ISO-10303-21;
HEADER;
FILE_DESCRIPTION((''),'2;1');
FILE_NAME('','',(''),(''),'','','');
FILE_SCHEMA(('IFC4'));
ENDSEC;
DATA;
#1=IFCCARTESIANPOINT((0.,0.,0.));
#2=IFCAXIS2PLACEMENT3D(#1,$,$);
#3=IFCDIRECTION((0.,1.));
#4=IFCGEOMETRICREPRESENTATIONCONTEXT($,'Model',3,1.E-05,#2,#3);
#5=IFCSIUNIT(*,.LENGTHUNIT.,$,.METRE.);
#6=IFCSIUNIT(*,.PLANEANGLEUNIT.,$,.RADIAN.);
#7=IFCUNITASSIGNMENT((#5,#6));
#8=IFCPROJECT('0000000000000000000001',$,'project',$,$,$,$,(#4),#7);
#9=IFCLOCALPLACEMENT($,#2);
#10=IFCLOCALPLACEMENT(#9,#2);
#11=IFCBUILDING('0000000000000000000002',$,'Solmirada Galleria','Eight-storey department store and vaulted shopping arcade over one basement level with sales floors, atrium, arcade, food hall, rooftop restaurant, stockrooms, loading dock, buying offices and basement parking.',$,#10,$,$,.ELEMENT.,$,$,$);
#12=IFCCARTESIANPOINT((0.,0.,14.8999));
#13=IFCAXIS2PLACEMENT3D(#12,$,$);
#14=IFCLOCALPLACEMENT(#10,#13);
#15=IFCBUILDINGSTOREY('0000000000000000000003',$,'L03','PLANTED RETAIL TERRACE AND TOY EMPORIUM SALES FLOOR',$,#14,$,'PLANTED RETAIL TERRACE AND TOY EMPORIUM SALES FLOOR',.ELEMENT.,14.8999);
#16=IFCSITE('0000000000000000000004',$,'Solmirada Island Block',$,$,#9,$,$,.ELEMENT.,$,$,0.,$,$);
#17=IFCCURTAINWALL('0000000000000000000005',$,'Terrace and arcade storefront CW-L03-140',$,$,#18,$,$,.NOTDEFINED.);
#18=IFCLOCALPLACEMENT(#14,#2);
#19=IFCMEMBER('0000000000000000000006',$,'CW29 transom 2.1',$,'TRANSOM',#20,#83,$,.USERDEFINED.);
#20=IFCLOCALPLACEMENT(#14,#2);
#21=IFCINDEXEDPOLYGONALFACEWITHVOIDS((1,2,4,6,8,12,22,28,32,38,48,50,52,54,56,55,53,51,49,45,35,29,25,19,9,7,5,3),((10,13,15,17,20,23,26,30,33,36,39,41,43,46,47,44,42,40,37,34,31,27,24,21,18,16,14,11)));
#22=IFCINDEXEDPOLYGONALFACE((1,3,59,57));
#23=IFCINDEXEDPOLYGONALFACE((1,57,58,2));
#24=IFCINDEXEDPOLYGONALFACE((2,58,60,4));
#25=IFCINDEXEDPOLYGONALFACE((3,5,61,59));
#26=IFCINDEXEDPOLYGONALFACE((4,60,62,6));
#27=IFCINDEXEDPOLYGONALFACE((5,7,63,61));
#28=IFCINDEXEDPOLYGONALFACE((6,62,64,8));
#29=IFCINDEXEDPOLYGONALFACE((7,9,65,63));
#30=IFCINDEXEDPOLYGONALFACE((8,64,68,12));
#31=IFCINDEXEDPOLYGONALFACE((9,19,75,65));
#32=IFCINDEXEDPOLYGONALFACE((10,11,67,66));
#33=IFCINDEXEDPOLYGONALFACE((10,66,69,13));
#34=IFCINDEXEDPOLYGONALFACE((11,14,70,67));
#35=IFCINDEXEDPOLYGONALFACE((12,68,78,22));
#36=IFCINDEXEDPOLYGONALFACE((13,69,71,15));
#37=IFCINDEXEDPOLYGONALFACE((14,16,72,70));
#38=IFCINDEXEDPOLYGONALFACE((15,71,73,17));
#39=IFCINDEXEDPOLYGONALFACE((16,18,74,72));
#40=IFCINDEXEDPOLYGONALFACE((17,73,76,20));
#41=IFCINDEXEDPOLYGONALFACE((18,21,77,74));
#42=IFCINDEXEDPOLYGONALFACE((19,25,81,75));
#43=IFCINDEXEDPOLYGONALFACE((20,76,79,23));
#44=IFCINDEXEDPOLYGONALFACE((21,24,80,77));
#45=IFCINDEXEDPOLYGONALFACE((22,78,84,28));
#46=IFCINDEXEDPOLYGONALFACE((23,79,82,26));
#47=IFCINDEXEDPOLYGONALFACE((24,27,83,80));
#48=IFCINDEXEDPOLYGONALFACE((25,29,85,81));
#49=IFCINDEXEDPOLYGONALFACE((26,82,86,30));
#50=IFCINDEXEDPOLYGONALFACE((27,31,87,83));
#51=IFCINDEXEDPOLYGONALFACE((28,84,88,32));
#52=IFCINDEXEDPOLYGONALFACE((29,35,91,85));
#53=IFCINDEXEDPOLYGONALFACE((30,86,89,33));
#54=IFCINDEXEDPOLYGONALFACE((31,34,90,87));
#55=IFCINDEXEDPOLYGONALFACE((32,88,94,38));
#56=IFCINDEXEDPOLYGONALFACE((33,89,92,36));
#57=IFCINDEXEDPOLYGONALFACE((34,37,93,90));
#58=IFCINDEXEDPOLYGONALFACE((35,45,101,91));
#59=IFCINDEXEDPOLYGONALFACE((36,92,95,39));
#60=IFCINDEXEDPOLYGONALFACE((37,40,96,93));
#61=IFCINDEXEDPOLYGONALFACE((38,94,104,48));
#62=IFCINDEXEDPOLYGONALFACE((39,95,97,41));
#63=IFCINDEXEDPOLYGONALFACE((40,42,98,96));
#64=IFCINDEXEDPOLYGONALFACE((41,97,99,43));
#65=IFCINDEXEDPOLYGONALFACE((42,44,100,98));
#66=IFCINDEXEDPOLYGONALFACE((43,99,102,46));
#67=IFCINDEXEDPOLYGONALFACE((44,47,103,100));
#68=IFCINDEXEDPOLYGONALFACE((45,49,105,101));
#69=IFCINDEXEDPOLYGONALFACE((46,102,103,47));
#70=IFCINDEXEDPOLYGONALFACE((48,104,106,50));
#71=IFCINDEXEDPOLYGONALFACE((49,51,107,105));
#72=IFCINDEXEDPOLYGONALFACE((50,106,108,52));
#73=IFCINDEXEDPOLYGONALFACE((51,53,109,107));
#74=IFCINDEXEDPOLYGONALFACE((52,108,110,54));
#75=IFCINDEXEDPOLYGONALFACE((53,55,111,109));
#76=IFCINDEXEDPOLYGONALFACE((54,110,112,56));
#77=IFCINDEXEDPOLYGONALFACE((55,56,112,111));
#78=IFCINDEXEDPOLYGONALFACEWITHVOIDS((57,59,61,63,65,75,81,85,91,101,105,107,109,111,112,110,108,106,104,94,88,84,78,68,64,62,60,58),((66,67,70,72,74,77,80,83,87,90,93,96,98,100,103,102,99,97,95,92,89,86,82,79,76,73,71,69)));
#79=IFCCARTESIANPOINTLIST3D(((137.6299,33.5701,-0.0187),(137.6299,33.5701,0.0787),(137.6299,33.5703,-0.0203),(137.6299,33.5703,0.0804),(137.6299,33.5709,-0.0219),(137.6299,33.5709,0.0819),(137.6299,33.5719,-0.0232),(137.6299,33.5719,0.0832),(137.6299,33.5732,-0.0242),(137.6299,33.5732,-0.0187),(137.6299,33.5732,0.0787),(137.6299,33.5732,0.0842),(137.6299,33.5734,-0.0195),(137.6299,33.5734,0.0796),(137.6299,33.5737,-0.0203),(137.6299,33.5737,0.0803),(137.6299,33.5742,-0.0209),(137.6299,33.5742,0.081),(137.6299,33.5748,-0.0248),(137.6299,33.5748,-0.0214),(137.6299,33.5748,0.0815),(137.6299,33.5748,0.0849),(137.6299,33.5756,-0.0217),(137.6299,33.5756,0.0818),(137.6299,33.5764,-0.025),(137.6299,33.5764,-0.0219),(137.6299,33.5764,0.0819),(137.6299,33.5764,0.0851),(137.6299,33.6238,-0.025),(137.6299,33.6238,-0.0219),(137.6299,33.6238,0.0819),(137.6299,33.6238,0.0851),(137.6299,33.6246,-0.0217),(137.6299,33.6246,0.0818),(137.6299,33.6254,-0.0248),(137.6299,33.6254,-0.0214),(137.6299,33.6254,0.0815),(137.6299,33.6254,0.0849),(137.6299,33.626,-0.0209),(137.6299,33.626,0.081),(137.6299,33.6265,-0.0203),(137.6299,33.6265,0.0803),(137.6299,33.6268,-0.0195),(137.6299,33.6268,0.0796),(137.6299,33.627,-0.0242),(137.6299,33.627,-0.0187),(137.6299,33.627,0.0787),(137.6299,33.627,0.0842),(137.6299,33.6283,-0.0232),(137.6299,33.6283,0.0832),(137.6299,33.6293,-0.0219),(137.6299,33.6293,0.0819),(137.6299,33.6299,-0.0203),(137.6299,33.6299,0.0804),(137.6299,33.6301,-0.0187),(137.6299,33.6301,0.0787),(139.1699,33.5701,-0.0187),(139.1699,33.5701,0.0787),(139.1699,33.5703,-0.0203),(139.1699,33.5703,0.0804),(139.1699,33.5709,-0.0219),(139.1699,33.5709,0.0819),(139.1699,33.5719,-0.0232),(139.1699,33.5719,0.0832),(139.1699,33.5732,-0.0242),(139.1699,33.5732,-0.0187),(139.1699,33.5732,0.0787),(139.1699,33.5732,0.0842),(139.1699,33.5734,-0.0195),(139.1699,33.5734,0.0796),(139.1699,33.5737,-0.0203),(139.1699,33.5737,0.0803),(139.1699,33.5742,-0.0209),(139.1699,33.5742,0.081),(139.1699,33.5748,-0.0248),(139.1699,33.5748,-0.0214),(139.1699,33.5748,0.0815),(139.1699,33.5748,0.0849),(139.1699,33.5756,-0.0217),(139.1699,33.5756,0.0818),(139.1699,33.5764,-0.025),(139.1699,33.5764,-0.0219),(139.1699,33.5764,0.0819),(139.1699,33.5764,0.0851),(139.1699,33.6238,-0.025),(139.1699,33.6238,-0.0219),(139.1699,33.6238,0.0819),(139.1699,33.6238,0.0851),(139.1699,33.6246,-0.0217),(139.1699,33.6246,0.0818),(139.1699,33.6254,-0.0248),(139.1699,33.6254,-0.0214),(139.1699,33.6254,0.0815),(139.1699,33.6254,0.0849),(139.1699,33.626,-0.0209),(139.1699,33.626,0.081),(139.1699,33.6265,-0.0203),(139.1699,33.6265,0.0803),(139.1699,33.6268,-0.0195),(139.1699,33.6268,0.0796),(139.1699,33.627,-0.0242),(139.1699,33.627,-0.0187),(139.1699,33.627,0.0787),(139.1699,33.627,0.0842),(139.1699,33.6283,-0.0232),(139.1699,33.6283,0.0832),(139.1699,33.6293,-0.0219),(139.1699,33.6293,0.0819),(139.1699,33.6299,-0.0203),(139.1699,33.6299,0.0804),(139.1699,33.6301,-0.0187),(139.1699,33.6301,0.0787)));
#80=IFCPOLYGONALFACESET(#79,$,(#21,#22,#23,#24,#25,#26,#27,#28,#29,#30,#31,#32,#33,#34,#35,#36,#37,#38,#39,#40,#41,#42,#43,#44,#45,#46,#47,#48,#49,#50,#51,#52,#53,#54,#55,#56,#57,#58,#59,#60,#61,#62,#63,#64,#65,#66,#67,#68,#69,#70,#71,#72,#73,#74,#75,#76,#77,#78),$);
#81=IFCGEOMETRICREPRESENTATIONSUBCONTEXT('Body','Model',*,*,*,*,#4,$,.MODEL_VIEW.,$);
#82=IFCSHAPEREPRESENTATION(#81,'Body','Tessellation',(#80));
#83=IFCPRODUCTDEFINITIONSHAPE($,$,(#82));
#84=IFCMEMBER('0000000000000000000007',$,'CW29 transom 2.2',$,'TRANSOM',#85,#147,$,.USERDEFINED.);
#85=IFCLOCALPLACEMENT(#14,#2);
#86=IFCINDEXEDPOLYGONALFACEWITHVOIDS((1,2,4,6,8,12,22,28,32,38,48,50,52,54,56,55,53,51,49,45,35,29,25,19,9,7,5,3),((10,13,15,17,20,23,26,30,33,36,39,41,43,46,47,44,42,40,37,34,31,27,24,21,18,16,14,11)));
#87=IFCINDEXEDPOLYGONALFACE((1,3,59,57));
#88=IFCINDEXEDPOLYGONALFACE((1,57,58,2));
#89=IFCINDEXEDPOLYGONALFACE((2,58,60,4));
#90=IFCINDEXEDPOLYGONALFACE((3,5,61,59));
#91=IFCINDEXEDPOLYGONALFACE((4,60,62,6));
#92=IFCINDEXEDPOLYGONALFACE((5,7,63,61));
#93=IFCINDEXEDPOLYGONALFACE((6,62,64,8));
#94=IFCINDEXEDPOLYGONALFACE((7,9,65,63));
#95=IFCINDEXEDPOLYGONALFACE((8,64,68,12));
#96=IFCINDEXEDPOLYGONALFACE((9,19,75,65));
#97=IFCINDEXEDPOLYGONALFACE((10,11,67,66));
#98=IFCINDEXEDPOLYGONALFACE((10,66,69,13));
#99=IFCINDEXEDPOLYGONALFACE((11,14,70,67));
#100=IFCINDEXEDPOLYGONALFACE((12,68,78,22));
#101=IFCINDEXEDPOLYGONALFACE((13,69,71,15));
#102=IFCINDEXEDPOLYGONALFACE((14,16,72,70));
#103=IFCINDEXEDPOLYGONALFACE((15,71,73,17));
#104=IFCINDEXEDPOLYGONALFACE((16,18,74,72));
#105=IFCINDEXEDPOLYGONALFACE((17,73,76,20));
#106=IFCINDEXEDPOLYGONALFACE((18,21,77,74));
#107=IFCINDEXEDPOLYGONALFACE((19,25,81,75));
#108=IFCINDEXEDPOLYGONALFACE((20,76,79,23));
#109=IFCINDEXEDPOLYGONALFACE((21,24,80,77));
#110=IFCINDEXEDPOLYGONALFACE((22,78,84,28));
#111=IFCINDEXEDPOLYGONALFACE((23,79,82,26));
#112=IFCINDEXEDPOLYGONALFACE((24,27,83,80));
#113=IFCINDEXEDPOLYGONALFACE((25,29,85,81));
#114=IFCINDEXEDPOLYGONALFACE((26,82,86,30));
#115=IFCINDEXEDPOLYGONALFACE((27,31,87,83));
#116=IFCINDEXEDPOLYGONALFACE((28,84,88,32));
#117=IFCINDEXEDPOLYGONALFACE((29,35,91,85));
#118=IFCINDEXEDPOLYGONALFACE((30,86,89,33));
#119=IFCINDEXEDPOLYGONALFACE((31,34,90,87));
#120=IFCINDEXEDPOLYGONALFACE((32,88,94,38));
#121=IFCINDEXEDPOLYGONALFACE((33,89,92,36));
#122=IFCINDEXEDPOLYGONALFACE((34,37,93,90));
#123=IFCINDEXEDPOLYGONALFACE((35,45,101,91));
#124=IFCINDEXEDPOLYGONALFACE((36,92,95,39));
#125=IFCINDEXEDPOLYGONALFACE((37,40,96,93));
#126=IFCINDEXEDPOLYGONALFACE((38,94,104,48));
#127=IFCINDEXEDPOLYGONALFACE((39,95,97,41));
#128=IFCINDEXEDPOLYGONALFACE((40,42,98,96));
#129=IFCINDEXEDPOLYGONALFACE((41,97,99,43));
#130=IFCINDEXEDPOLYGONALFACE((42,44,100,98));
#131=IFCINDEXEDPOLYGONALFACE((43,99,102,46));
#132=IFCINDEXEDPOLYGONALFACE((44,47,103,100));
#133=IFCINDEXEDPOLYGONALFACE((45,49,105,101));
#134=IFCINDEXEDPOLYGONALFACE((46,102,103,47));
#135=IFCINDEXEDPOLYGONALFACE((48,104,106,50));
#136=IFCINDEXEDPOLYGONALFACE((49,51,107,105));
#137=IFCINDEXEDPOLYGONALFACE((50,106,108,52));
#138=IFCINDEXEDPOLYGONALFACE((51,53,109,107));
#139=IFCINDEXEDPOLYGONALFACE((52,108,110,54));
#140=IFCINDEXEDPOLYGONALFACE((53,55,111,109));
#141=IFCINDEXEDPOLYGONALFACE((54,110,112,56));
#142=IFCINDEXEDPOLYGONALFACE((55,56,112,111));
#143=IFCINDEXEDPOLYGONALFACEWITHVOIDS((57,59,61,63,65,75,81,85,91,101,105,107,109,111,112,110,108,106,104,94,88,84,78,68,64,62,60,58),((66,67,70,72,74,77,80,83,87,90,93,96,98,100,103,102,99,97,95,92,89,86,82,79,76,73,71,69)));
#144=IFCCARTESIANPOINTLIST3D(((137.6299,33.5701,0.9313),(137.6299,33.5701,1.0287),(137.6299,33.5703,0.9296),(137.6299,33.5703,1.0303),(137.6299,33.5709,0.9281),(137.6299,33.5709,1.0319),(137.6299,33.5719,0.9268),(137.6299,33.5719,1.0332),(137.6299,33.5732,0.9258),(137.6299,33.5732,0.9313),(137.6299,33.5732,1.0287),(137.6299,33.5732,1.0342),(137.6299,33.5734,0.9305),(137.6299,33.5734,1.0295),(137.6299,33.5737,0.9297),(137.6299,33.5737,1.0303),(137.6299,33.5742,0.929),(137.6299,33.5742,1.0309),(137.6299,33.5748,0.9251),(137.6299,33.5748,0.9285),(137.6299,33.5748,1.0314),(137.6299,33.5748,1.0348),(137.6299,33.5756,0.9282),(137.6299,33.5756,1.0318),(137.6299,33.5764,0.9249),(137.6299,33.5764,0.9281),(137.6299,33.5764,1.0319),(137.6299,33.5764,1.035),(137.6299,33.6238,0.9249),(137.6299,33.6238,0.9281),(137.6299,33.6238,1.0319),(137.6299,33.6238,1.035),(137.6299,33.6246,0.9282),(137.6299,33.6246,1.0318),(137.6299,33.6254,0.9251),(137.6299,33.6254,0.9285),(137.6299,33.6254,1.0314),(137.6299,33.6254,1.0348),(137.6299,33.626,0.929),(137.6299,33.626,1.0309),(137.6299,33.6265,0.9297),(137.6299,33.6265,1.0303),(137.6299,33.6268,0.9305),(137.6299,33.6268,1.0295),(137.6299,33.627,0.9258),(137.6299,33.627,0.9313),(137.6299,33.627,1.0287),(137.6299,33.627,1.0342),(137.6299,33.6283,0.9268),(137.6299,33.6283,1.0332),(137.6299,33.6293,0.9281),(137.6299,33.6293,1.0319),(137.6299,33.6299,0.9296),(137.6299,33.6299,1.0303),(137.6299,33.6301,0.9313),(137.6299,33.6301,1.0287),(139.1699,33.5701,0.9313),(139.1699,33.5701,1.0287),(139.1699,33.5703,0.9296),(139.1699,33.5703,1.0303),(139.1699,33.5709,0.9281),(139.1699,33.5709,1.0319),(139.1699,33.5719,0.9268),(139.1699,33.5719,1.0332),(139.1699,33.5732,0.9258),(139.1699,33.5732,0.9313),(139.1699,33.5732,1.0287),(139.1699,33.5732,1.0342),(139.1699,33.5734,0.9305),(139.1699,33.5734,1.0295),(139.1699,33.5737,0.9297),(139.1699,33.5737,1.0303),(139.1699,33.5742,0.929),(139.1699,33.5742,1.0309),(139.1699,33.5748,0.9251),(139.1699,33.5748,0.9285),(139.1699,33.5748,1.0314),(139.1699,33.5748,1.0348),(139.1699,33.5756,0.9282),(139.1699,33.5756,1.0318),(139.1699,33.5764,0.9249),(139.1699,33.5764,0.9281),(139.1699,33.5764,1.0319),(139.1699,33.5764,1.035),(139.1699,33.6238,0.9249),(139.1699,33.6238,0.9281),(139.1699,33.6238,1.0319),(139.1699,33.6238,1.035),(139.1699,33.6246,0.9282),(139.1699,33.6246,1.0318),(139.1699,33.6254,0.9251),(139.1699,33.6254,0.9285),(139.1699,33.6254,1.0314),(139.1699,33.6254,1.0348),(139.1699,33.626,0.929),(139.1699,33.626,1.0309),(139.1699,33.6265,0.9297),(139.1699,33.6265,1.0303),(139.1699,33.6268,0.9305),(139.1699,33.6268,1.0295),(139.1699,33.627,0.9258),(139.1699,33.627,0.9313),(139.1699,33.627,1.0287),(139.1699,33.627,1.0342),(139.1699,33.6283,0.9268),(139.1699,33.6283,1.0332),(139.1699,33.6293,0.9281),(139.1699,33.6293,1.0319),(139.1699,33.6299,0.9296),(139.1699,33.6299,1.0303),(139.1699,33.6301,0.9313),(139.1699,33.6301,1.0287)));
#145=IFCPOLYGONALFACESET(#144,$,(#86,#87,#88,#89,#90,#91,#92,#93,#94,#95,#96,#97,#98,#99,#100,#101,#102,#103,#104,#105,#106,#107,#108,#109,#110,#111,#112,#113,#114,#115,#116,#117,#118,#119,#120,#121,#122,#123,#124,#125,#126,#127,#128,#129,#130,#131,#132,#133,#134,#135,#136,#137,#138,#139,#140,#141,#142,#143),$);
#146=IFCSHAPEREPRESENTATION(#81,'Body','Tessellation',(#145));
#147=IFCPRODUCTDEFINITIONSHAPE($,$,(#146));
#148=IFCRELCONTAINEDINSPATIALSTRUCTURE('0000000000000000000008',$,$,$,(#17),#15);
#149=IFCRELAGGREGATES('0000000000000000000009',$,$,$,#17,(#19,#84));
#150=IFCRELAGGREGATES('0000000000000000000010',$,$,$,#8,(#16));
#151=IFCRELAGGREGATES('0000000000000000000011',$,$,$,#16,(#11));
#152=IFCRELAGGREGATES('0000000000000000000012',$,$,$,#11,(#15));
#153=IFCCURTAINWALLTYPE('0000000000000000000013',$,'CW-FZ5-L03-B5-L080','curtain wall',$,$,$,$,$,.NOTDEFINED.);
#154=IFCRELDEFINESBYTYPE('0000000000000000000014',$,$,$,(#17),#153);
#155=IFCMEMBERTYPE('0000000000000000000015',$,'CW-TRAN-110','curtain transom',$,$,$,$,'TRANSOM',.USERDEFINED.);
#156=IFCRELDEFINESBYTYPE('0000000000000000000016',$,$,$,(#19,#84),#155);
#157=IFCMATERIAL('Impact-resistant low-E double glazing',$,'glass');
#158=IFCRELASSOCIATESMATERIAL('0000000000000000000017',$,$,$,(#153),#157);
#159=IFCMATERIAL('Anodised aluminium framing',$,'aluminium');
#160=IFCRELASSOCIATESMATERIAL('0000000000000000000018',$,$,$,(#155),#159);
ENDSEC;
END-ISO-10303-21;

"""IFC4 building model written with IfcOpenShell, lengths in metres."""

from ifc_helpers import new_model, si_unit, direction, frame, origin, origin_2d, place, context, subcontext, project, spatial, hollow_rectangle, extrude, material, material_profile, profile_set, type_object, element, aggregate, save


model = new_model("IFC4")

# Units and contexts
model_context = context("Model", 3, precision=1e-05, world=origin(), true_north=direction((0.0, 1.0)))
body_context = subcontext(model_context, "Body", "Model", "MODEL_VIEW")
ifc_project = project(units=[si_unit("LENGTHUNIT", "METRE"), si_unit("PLANEANGLEUNIT", "RADIAN")], contexts=[model_context])

# Site, building, storey
site_placement = place(None, origin())
site = spatial("IfcSite", under=ifc_project, at=site_placement, Name="Solmirada Island Block", CompositionType="ELEMENT", RefElevation=0.0)
building_placement = place(site_placement, origin())
building = spatial("IfcBuilding", under=site, at=building_placement, Name="Solmirada Galleria", Description="Eight-storey department store and vaulted shopping arcade over one basement level with sales floors, atrium, arcade, food hall, rooftop restaurant, stockrooms, loading dock, buying offices and basement parking.", CompositionType="ELEMENT")
storey_placement = place(building_placement, frame((0.0, 0.0, 14.8999)))
storey = spatial("IfcBuildingStorey", under=building, at=storey_placement, Name="L03", Description="PLANTED RETAIL TERRACE AND TOY EMPORIUM SALES FLOOR", LongName="PLANTED RETAIL TERRACE AND TOY EMPORIUM SALES FLOOR", CompositionType="ELEMENT", Elevation=14.8999)

# Curtain wall
ifc_material_1 = material(Name="Impact-resistant low-E double glazing", Category="glass")
curtain_wall_type = type_object("IfcCurtainWallType", Name="CW-FZ5-L03-B5-L080", Description="curtain wall", PredefinedType="NOTDEFINED", material=ifc_material_1)
ifc_material_2 = material(Name="Anodised aluminium framing", Category="aluminium")
curtain_wall_1_placement = place(storey_placement, origin())
curtain_wall_1 = element("IfcCurtainWall", 1, at=curtain_wall_1_placement, inside=storey, type_object=curtain_wall_type, Name="Terrace and arcade storefront CW-L03-140", PredefinedType="NOTDEFINED")

# Members
ifc_material_profile_1 = material_profile(ifc_material_2, hollow_rectangle(XDim=0.0601, YDim=0.1101, WallThickness=0.0032, InnerFilletRadius=0.0032, OuterFilletRadius=0.0063, at=origin_2d()), Name="ALU-TRAN-110X60")
ifc_profile_set_1 = profile_set([ifc_material_profile_1], Name="Anodised aluminium framing")
member_type_1 = type_object("IfcMemberType", Name="CW-TRAN-110", Description="curtain transom", ElementType="TRANSOM", PredefinedType="USERDEFINED", material=ifc_profile_set_1)
member_1_placement = place(storey_placement, frame((137.6299, 33.6001, 0.03), z_axis=(1.0, 0.0, 0.0), x_axis=(0.0, 1.0, 0.0)))
member_1 = element("IfcMember", 2, at=member_1_placement, type_object=member_type_1, Name="CW29 transom 2.1", ObjectType="TRANSOM", PredefinedType="USERDEFINED", context=body_context, shape_type="SweptSolid", body=[
    extrude(hollow_rectangle(XDim=0.0601, YDim=0.1101, WallThickness=0.0032, InnerFilletRadius=0.0032, OuterFilletRadius=0.0063, at=origin_2d()), origin(), (0.0, 0.0, 1.0), 1.54),
])
member_2_placement = place(storey_placement, frame((137.6299, 33.6001, 0.98), z_axis=(1.0, 0.0, 0.0), x_axis=(0.0, 1.0, 0.0)))
member_2 = element("IfcMember", 3, at=member_2_placement, type_object=member_type_1, Name="CW29 transom 2.2", ObjectType="TRANSOM", PredefinedType="USERDEFINED", context=body_context, shape_type="SweptSolid", body=[
    extrude(hollow_rectangle(XDim=0.0601, YDim=0.1101, WallThickness=0.0032, InnerFilletRadius=0.0032, OuterFilletRadius=0.0063, at=origin_2d()), origin(), (0.0, 0.0, 1.0), 1.54),
])

aggregate(curtain_wall_1, [member_1, member_2])

save(model, "model.ifc")
